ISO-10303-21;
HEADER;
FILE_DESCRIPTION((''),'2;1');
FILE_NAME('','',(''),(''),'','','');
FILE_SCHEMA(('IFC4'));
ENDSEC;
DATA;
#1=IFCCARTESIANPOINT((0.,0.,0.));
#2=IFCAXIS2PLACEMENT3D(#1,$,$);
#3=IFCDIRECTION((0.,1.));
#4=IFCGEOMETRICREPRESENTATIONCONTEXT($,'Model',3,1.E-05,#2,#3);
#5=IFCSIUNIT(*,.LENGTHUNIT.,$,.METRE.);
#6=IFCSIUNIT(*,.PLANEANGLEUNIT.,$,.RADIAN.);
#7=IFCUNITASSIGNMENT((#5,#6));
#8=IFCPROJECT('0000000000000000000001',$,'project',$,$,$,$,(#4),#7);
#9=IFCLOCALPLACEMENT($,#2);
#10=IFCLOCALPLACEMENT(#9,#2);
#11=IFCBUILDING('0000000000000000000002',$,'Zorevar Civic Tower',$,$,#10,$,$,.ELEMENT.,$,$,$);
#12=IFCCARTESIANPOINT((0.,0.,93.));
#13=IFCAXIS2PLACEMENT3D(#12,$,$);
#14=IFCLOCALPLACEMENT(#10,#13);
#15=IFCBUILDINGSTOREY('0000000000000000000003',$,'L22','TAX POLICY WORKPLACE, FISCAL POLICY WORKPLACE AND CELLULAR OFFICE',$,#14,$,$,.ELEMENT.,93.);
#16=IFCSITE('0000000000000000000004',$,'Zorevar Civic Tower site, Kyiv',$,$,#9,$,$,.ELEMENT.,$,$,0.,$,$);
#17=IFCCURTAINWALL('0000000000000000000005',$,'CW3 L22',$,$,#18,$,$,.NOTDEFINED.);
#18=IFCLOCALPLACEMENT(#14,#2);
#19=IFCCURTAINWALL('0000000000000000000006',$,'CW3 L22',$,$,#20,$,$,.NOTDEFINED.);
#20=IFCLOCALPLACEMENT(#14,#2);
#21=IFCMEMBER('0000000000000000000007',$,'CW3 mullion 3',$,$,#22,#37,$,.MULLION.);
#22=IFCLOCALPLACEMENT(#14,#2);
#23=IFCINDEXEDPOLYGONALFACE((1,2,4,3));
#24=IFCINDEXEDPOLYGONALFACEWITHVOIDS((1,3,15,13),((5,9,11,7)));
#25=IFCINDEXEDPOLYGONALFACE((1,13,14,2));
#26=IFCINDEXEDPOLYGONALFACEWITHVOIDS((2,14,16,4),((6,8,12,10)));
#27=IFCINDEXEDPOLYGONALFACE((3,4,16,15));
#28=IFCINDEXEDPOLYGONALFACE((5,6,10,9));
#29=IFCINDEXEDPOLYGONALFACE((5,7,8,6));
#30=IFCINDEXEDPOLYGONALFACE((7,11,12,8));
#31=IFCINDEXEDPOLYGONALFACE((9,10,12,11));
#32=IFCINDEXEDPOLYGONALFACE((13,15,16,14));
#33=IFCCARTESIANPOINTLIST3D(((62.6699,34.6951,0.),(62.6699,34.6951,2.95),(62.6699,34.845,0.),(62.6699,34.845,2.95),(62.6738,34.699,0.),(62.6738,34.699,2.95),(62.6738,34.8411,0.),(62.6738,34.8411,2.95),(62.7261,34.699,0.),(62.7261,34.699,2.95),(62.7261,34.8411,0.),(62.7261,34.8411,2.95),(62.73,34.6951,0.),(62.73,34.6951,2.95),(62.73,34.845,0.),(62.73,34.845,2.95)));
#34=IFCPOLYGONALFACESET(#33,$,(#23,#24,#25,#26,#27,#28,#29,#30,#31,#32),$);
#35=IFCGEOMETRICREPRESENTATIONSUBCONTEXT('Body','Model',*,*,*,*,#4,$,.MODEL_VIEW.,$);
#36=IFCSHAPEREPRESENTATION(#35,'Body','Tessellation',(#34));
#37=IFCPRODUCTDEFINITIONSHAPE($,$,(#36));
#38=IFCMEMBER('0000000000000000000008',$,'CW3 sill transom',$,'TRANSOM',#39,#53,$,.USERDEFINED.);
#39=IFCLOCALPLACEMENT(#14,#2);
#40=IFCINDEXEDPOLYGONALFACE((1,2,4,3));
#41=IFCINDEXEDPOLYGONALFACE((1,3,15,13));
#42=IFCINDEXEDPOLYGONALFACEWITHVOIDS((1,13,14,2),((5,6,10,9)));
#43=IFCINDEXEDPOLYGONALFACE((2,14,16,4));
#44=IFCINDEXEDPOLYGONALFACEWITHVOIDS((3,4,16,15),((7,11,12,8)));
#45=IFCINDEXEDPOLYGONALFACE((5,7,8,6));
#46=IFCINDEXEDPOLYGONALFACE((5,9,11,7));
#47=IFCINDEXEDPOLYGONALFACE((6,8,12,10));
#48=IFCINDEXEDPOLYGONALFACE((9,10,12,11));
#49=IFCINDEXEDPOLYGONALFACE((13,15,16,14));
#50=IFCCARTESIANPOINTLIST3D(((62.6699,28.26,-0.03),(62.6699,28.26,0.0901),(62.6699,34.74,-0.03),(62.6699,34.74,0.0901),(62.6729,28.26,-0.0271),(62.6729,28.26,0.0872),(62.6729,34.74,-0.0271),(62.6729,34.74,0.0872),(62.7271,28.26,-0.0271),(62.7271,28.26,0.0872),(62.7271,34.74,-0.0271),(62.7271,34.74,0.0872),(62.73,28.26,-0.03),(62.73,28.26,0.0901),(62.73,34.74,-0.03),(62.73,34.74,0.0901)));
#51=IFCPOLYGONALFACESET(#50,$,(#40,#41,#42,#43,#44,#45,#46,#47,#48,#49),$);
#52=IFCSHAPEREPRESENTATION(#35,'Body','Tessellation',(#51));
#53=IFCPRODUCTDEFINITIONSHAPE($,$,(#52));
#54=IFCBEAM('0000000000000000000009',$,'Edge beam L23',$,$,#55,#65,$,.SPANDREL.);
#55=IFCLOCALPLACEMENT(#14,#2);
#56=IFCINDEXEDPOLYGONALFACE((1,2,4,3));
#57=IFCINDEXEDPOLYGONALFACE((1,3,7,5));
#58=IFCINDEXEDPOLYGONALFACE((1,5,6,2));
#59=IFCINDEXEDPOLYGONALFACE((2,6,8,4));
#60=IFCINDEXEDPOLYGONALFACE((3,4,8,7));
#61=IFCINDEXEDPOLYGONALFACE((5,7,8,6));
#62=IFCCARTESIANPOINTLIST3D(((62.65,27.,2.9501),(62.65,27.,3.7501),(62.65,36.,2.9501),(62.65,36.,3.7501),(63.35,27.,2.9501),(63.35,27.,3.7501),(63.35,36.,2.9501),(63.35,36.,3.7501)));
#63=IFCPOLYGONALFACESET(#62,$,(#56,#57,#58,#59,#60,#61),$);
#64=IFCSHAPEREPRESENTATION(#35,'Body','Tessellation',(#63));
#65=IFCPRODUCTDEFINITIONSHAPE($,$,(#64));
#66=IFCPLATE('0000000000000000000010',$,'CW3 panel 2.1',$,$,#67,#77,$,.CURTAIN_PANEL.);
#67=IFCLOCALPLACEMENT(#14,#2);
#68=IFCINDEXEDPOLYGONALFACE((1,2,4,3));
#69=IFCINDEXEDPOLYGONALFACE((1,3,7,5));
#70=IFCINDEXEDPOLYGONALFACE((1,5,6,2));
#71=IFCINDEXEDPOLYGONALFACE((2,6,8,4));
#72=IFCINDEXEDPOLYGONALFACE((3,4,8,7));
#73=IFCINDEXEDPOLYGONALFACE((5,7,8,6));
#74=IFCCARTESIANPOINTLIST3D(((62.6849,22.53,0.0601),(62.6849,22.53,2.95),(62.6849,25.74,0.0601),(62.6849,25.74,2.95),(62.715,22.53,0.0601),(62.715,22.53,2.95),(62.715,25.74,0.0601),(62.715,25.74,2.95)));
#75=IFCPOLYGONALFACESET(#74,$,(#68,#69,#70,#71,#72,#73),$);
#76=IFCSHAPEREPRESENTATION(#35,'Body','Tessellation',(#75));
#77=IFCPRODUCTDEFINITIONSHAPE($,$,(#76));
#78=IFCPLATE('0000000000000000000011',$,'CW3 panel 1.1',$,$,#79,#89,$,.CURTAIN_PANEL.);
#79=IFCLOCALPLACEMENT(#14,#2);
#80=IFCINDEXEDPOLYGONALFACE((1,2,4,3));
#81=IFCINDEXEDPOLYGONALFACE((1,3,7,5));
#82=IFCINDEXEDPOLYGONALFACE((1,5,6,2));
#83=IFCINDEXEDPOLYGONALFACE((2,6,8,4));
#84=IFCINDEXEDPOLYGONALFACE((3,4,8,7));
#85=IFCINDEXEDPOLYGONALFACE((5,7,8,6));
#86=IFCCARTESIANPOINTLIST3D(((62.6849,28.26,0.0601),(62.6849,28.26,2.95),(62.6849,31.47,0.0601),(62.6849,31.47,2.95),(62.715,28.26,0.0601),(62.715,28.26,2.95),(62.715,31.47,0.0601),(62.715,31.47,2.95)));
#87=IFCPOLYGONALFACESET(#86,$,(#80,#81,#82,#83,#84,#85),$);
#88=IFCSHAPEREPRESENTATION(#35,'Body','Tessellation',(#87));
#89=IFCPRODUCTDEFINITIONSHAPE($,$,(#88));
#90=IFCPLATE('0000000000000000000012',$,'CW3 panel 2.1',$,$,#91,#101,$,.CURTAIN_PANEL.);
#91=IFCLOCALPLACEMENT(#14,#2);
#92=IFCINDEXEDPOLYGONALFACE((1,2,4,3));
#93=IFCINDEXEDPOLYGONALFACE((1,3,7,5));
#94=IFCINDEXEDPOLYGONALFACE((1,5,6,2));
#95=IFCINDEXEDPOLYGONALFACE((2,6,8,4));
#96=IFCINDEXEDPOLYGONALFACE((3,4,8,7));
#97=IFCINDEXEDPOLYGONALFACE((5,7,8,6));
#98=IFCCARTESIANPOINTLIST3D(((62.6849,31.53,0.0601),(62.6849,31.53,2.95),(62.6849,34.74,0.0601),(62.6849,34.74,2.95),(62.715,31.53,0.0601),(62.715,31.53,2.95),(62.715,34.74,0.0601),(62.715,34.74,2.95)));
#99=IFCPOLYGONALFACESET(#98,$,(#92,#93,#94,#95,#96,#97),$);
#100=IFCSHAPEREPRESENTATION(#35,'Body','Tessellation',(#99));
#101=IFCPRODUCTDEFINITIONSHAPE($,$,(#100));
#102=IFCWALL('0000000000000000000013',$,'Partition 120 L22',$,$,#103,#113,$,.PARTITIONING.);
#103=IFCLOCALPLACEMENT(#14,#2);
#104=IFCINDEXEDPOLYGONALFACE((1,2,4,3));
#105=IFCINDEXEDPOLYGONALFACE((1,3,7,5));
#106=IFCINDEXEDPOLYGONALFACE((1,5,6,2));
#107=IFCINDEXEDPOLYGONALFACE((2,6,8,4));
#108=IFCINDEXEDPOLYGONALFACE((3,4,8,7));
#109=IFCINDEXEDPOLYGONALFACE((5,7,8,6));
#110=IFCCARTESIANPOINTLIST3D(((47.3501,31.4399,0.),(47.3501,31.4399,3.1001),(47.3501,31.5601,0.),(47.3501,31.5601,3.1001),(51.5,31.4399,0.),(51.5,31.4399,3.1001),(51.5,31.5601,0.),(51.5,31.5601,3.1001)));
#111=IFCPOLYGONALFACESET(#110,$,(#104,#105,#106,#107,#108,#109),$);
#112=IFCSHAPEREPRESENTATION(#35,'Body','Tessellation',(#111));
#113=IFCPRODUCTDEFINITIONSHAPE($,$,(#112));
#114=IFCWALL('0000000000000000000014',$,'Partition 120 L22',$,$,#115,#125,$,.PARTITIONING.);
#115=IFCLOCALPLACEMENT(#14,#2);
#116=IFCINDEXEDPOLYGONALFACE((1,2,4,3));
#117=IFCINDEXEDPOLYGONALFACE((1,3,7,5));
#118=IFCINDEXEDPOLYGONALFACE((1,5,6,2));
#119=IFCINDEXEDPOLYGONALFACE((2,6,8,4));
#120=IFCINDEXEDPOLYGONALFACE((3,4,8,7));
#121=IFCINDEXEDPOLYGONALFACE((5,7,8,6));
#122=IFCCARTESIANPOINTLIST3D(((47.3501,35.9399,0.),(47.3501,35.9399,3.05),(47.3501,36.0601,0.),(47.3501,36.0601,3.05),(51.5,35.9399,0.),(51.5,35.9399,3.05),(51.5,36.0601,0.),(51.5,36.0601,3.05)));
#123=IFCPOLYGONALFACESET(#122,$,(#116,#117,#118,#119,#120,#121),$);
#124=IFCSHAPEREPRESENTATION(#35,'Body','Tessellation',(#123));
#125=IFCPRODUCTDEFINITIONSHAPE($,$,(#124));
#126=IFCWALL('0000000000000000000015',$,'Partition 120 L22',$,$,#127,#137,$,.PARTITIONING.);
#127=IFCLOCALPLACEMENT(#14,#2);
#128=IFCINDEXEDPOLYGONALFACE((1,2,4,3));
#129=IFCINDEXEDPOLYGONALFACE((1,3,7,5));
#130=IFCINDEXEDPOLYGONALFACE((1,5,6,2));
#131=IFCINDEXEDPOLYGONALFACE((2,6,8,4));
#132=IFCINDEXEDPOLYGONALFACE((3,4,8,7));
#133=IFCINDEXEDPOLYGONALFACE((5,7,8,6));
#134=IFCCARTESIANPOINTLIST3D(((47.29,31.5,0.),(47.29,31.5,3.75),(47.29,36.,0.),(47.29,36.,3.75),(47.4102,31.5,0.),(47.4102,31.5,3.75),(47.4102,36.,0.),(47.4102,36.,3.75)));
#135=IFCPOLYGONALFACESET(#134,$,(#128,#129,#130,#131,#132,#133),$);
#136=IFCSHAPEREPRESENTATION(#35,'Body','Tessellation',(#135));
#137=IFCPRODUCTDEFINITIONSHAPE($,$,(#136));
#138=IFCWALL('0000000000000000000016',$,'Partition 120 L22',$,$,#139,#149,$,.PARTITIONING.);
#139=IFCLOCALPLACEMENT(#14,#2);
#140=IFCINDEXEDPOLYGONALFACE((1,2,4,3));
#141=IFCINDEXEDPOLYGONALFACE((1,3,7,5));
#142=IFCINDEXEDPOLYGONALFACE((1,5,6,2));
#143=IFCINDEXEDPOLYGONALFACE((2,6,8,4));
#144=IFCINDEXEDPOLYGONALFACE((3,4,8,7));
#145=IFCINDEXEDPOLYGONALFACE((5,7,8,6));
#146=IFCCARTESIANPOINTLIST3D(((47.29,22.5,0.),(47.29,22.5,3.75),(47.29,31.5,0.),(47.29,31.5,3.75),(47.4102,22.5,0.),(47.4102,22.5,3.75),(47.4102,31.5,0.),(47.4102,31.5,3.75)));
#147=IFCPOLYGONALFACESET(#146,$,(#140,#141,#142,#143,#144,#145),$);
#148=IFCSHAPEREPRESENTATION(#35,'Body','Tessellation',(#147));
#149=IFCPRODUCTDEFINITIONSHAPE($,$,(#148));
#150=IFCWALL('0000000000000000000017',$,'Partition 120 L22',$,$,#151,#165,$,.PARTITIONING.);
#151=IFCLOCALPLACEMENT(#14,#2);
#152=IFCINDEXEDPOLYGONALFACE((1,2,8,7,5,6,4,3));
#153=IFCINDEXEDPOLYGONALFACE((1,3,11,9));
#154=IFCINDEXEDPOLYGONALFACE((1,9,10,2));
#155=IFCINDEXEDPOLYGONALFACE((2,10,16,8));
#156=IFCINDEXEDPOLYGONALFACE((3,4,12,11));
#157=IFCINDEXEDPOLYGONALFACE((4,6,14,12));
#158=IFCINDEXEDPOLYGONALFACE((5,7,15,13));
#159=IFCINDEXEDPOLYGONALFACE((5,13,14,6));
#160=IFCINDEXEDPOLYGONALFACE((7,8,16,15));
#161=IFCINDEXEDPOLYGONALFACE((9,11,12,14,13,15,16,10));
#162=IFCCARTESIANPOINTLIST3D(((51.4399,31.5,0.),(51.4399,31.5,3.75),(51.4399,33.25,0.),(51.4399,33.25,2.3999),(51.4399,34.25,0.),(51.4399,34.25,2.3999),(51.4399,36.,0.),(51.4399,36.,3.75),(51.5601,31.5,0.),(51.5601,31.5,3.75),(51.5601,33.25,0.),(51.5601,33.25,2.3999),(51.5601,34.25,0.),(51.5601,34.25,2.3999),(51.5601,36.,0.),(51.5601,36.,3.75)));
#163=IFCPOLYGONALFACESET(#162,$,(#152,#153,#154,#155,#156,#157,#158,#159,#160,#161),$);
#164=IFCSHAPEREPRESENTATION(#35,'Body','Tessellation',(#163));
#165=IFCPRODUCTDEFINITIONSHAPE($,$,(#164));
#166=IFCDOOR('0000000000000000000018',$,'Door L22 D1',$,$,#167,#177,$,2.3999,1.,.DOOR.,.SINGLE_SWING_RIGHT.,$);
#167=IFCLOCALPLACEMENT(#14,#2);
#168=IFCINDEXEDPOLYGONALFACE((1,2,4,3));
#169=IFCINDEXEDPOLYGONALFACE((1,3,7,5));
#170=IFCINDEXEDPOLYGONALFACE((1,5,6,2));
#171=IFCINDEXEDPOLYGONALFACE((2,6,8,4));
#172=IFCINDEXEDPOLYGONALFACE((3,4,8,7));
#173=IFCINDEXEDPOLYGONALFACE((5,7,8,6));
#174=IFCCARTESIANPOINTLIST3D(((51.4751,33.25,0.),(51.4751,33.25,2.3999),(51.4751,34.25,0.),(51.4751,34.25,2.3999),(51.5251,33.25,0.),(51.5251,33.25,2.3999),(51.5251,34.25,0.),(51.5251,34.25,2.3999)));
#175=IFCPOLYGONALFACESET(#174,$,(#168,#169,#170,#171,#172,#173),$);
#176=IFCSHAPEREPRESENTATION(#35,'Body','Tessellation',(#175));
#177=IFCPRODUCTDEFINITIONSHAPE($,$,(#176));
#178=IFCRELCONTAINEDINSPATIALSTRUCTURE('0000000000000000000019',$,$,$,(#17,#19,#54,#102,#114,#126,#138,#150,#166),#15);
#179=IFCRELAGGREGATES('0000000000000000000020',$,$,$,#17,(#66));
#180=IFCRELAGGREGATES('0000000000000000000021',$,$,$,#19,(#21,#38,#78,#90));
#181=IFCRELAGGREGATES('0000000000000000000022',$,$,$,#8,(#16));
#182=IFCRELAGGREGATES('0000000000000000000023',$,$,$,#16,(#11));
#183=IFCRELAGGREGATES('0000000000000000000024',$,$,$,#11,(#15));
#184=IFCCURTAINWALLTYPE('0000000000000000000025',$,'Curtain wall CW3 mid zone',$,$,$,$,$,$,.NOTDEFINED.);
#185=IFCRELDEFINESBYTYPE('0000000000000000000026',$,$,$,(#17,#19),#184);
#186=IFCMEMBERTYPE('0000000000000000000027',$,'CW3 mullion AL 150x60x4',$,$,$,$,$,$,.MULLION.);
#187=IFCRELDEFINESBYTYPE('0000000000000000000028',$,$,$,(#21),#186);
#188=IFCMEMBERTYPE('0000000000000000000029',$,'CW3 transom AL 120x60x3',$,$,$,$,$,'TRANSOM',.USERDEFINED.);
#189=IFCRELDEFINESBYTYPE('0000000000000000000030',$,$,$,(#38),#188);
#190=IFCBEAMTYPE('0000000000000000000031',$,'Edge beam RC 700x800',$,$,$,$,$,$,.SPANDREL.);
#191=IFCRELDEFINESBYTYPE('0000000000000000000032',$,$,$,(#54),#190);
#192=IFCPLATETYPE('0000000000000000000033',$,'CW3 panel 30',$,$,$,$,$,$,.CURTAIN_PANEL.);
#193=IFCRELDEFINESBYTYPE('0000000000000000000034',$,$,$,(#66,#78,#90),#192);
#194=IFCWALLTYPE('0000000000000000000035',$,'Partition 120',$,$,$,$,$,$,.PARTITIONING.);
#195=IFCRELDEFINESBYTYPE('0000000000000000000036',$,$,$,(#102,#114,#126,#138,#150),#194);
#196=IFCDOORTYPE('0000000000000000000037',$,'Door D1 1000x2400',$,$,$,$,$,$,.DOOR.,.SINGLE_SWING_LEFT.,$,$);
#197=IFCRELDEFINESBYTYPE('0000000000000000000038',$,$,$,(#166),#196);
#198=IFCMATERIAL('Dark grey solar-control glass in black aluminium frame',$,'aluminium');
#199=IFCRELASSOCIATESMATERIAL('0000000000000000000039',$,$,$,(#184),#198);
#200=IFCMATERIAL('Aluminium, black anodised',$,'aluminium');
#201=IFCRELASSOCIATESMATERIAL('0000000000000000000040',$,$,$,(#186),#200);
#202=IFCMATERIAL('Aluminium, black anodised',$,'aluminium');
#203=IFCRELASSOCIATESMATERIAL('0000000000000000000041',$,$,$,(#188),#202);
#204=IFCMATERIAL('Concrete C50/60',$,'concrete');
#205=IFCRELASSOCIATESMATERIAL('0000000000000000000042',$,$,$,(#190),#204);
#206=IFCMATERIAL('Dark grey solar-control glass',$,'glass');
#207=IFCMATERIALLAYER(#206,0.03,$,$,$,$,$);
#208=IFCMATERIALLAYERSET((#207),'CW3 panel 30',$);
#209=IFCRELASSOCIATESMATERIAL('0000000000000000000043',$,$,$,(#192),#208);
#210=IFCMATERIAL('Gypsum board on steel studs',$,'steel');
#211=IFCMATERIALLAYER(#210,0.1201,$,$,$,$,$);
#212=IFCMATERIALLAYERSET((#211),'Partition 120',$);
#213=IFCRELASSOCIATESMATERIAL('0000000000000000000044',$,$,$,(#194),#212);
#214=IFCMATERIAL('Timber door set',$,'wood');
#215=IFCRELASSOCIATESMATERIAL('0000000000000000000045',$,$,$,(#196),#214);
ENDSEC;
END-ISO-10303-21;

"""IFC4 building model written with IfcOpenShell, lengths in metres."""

from ifc_helpers import new_model, si_unit, direction, frame, frame_2d, origin, origin_2d, place, context, subcontext, project, spatial, rectangle, hollow_rectangle, extrude, material, layer, layer_set, material_profile, profile_set, type_object, element, fill, aggregate, save


model = new_model("IFC4")

# Units and contexts
model_context = context("Model", 3, precision=1e-05, world=origin(), true_north=direction((0.0, 1.0)))
body_context = subcontext(model_context, "Body", "Model", "MODEL_VIEW")
ifc_project = project(units=[si_unit("LENGTHUNIT", "METRE"), si_unit("PLANEANGLEUNIT", "RADIAN")], contexts=[model_context])

# Site, building, storey
site_placement = place(None, origin())
site = spatial("IfcSite", under=ifc_project, at=site_placement, Name="Zorevar Civic Tower site, Kyiv", CompositionType="ELEMENT", RefElevation=0.0)
building_placement = place(site_placement, origin())
building = spatial("IfcBuilding", under=site, at=building_placement, Name="Zorevar Civic Tower", CompositionType="ELEMENT")
storey_placement = place(building_placement, frame((0.0, 0.0, 93.0)))
storey = spatial("IfcBuildingStorey", under=building, at=storey_placement, Name="L22", Description="TAX POLICY WORKPLACE, FISCAL POLICY WORKPLACE AND CELLULAR OFFICE", CompositionType="ELEMENT", Elevation=93.0)

# Curtain walls, members
ifc_material_1 = material(Name="Dark grey solar-control glass in black aluminium frame", Category="aluminium")
curtain_wall_type = type_object("IfcCurtainWallType", Name="Curtain wall CW3 mid zone", PredefinedType="NOTDEFINED", material=ifc_material_1)
curtain_wall_1_placement = place(storey_placement, origin())
curtain_wall_1 = element("IfcCurtainWall", 1, at=curtain_wall_1_placement, inside=storey, type_object=curtain_wall_type, Name="CW3 L22", PredefinedType="NOTDEFINED")
ifc_material_2 = material(Name="Aluminium, black anodised", Category="aluminium")
ifc_material_profile_1 = material_profile(ifc_material_2, hollow_rectangle(XDim=0.0601, YDim=0.1499, WallThickness=0.0039, at=origin_2d()), Name="AL 150x60x4")
ifc_profile_set_1 = profile_set([ifc_material_profile_1], Name="Aluminium, black anodised")
member_type_1 = type_object("IfcMemberType", Name="CW3 mullion AL 150x60x4", PredefinedType="MULLION", material=ifc_profile_set_1)
curtain_wall_2_placement = place(storey_placement, origin())
curtain_wall_2 = element("IfcCurtainWall", 2, at=curtain_wall_2_placement, inside=storey, type_object=curtain_wall_type, Name="CW3 L22", PredefinedType="NOTDEFINED")
member_1_placement = place(storey_placement, frame((62.7, 34.77, 0.0), z_axis=(0.0, 0.0, 1.0), x_axis=(-1.0, 0.0, 0.0)))
member_1 = element("IfcMember", 3, at=member_1_placement, type_object=member_type_1, Name="CW3 mullion 3", PredefinedType="MULLION", context=body_context, shape_type="SweptSolid", body=[
    extrude(hollow_rectangle(XDim=0.0601, YDim=0.1499, WallThickness=0.0039, at=origin_2d()), origin(), (0.0, 0.0, 1.0), 2.95),
])
ifc_material_3 = material(Name="Aluminium, black anodised", Category="aluminium")
ifc_material_profile_2 = material_profile(ifc_material_3, hollow_rectangle(XDim=0.0601, YDim=0.1201, WallThickness=0.0029, at=origin_2d()), Name="AL 120x60x3")
ifc_profile_set_2 = profile_set([ifc_material_profile_2], Name="Aluminium, black anodised")
member_type_2 = type_object("IfcMemberType", Name="CW3 transom AL 120x60x3", ElementType="TRANSOM", PredefinedType="USERDEFINED", material=ifc_profile_set_2)
member_2_placement = place(storey_placement, frame((62.7, 28.26, 0.03), z_axis=(0.0, 1.0, 0.0), x_axis=(-1.0, 0.0, 0.0)))
member_2 = element("IfcMember", 4, at=member_2_placement, type_object=member_type_2, Name="CW3 sill transom", ObjectType="TRANSOM", PredefinedType="USERDEFINED", context=body_context, shape_type="SweptSolid", body=[
    extrude(hollow_rectangle(XDim=0.0601, YDim=0.1201, WallThickness=0.0029, at=origin_2d()), origin(), (0.0, 0.0, 1.0), 6.48),
])

# Beam
ifc_material_4 = material(Name="Concrete C50/60", Category="concrete")
ifc_material_profile_3 = material_profile(ifc_material_4, rectangle(XDim=0.7, YDim=0.8, at=origin_2d()), Name="RC 700x800")
ifc_profile_set_3 = profile_set([ifc_material_profile_3], Name="Concrete C50/60")
beam_type_1 = type_object("IfcBeamType", Name="Edge beam RC 700x800", PredefinedType="SPANDREL", material=ifc_profile_set_3)
beam_placement = place(storey_placement, frame((63.0, 27.0, 3.3501), z_axis=(0.0, 1.0, 0.0), x_axis=(-1.0, 0.0, 0.0)))
element("IfcBeam", 5, at=beam_placement, inside=storey, type_object=beam_type_1, Name="Edge beam L23", PredefinedType="SPANDREL", context=body_context, shape_type="SweptSolid", body=[
    extrude(rectangle(XDim=0.7, YDim=0.8, at=origin_2d()), origin(), (0.0, 0.0, 1.0), 9.0),
])

# Plates
ifc_material_5 = material(Name="Dark grey solar-control glass", Category="glass")
ifc_layer_1 = layer(ifc_material_5, 0.03)
ifc_layer_set_1 = layer_set([ifc_layer_1], Name="CW3 panel 30")
plate_type = type_object("IfcPlateType", Name="CW3 panel 30", PredefinedType="CURTAIN_PANEL", material=ifc_layer_set_1)
plate_1_placement = place(storey_placement, frame((62.7, 24.135, 0.0601), z_axis=(0.0, 0.0, 1.0), x_axis=(0.0, 1.0, 0.0)))
plate_1 = element("IfcPlate", 6, at=plate_1_placement, type_object=plate_type, Name="CW3 panel 2.1", PredefinedType="CURTAIN_PANEL", context=body_context, shape_type="SweptSolid", body=[
    extrude(rectangle(XDim=3.21, YDim=0.03, at=origin_2d()), origin(), (0.0, 0.0, 1.0), 2.8899),
])
aggregate(curtain_wall_1, [plate_1])
plate_2_placement = place(storey_placement, frame((62.7, 29.865, 0.0601), z_axis=(0.0, 0.0, 1.0), x_axis=(0.0, 1.0, 0.0)))
plate_2 = element("IfcPlate", 7, at=plate_2_placement, type_object=plate_type, Name="CW3 panel 1.1", PredefinedType="CURTAIN_PANEL", context=body_context, shape_type="SweptSolid", body=[
    extrude(rectangle(XDim=3.21, YDim=0.03, at=origin_2d()), origin(), (0.0, 0.0, 1.0), 2.8899),
])
plate_3_placement = place(storey_placement, frame((62.7, 33.135, 0.0601), z_axis=(0.0, 0.0, 1.0), x_axis=(0.0, 1.0, 0.0)))
plate_3 = element("IfcPlate", 8, at=plate_3_placement, type_object=plate_type, Name="CW3 panel 2.1", PredefinedType="CURTAIN_PANEL", context=body_context, shape_type="SweptSolid", body=[
    extrude(rectangle(XDim=3.21, YDim=0.03, at=origin_2d()), origin(), (0.0, 0.0, 1.0), 2.8899),
])
aggregate(curtain_wall_2, [member_1, member_2, plate_2, plate_3])

# Walls
ifc_material_6 = material(Name="Gypsum board on steel studs", Category="steel")
ifc_layer_2 = layer(ifc_material_6, 0.1201)
ifc_layer_set_2 = layer_set([ifc_layer_2], Name="Partition 120")
wall_type = type_object("IfcWallType", Name="Partition 120", PredefinedType="PARTITIONING", material=ifc_layer_set_2)
wall_1_placement = place(storey_placement, frame((47.3501, 31.5, 0.0), z_axis=(0.0, 0.0, 1.0), x_axis=(1.0, 0.0, 0.0)))
element("IfcWall", 9, at=wall_1_placement, inside=storey, type_object=wall_type, Name="Partition 120 L22", PredefinedType="PARTITIONING", context=body_context, shape_type="SweptSolid", body=[
    extrude(rectangle(XDim=4.1499, YDim=0.1201, at=frame_2d((2.075, 0.0))), origin(), (0.0, 0.0, 1.0), 3.1001),
])
wall_2_placement = place(storey_placement, frame((47.3501, 36.0, 0.0), z_axis=(0.0, 0.0, 1.0), x_axis=(1.0, 0.0, 0.0)))
element("IfcWall", 10, at=wall_2_placement, inside=storey, type_object=wall_type, Name="Partition 120 L22", PredefinedType="PARTITIONING", context=body_context, shape_type="SweptSolid", body=[
    extrude(rectangle(XDim=4.1499, YDim=0.1201, at=frame_2d((2.075, 0.0))), origin(), (0.0, 0.0, 1.0), 3.05),
])
wall_3_placement = place(storey_placement, frame((47.3501, 31.5, 0.0), z_axis=(0.0, 0.0, 1.0), x_axis=(0.0, 1.0, 0.0)))
element("IfcWall", 11, at=wall_3_placement, inside=storey, type_object=wall_type, Name="Partition 120 L22", PredefinedType="PARTITIONING", context=body_context, shape_type="SweptSolid", body=[
    extrude(rectangle(XDim=4.5, YDim=0.1201, at=frame_2d((2.25, 0.0))), origin(), (0.0, 0.0, 1.0), 3.75),
])
wall_4_placement = place(storey_placement, frame((47.3501, 22.5, 0.0), z_axis=(0.0, 0.0, 1.0), x_axis=(0.0, 1.0, 0.0)))
element("IfcWall", 12, at=wall_4_placement, inside=storey, type_object=wall_type, Name="Partition 120 L22", PredefinedType="PARTITIONING", context=body_context, shape_type="SweptSolid", body=[
    extrude(rectangle(XDim=9.0, YDim=0.1201, at=frame_2d((4.5, 0.0))), origin(), (0.0, 0.0, 1.0), 3.75),
])

# Wall, opening, door
wall_5_placement = place(storey_placement, frame((51.5, 31.5, 0.0), z_axis=(0.0, 0.0, 1.0), x_axis=(0.0, 1.0, 0.0)))
wall_5 = element("IfcWall", 13, at=wall_5_placement, inside=storey, type_object=wall_type, Name="Partition 120 L22", PredefinedType="PARTITIONING", context=body_context, shape_type="SweptSolid", body=[
    extrude(rectangle(XDim=4.5, YDim=0.1201, at=frame_2d((2.25, 0.0))), origin(), (0.0, 0.0, 1.0), 3.75),
])
opening_1_placement = place(wall_5_placement, frame((1.75, 0.0, 0.0)))
opening_1 = element("IfcOpeningElement", 14, at=opening_1_placement, cuts=wall_5, PredefinedType="OPENING", context=body_context, shape_type="SweptSolid", body=[
    extrude(rectangle(XDim=1.0, YDim=2.3999, at=frame_2d((0.5, 1.2))), frame((0.0, 0.0701, 0.0), z_axis=(0.0, -1.0, 0.0), x_axis=(1.0, 0.0, 0.0)), (0.0, 0.0, 1.0), 0.1401),
])
ifc_material_7 = material(Name="Timber door set", Category="wood")
door_type = type_object("IfcDoorType", Name="Door D1 1000x2400", OperationType="SINGLE_SWING_LEFT", PredefinedType="DOOR", material=ifc_material_7)
door_1_placement = place(opening_1_placement, origin())
door_1 = element("IfcDoor", 15, at=door_1_placement, inside=storey, type_object=door_type, Name="Door L22 D1", OperationType="SINGLE_SWING_RIGHT", OverallHeight=2.3999, OverallWidth=1.0, PredefinedType="DOOR", context=body_context, shape_type="SweptSolid", body=[
    extrude(rectangle(XDim=1.0, YDim=2.3999, at=frame_2d((0.5, 1.2))), frame((0.0, 0.0249, 0.0), z_axis=(0.0, -1.0, 0.0), x_axis=(1.0, 0.0, 0.0)), (0.0, 0.0, 1.0), 0.05),
])
fill(opening_1, door_1)

save(model, "model.ifc")
